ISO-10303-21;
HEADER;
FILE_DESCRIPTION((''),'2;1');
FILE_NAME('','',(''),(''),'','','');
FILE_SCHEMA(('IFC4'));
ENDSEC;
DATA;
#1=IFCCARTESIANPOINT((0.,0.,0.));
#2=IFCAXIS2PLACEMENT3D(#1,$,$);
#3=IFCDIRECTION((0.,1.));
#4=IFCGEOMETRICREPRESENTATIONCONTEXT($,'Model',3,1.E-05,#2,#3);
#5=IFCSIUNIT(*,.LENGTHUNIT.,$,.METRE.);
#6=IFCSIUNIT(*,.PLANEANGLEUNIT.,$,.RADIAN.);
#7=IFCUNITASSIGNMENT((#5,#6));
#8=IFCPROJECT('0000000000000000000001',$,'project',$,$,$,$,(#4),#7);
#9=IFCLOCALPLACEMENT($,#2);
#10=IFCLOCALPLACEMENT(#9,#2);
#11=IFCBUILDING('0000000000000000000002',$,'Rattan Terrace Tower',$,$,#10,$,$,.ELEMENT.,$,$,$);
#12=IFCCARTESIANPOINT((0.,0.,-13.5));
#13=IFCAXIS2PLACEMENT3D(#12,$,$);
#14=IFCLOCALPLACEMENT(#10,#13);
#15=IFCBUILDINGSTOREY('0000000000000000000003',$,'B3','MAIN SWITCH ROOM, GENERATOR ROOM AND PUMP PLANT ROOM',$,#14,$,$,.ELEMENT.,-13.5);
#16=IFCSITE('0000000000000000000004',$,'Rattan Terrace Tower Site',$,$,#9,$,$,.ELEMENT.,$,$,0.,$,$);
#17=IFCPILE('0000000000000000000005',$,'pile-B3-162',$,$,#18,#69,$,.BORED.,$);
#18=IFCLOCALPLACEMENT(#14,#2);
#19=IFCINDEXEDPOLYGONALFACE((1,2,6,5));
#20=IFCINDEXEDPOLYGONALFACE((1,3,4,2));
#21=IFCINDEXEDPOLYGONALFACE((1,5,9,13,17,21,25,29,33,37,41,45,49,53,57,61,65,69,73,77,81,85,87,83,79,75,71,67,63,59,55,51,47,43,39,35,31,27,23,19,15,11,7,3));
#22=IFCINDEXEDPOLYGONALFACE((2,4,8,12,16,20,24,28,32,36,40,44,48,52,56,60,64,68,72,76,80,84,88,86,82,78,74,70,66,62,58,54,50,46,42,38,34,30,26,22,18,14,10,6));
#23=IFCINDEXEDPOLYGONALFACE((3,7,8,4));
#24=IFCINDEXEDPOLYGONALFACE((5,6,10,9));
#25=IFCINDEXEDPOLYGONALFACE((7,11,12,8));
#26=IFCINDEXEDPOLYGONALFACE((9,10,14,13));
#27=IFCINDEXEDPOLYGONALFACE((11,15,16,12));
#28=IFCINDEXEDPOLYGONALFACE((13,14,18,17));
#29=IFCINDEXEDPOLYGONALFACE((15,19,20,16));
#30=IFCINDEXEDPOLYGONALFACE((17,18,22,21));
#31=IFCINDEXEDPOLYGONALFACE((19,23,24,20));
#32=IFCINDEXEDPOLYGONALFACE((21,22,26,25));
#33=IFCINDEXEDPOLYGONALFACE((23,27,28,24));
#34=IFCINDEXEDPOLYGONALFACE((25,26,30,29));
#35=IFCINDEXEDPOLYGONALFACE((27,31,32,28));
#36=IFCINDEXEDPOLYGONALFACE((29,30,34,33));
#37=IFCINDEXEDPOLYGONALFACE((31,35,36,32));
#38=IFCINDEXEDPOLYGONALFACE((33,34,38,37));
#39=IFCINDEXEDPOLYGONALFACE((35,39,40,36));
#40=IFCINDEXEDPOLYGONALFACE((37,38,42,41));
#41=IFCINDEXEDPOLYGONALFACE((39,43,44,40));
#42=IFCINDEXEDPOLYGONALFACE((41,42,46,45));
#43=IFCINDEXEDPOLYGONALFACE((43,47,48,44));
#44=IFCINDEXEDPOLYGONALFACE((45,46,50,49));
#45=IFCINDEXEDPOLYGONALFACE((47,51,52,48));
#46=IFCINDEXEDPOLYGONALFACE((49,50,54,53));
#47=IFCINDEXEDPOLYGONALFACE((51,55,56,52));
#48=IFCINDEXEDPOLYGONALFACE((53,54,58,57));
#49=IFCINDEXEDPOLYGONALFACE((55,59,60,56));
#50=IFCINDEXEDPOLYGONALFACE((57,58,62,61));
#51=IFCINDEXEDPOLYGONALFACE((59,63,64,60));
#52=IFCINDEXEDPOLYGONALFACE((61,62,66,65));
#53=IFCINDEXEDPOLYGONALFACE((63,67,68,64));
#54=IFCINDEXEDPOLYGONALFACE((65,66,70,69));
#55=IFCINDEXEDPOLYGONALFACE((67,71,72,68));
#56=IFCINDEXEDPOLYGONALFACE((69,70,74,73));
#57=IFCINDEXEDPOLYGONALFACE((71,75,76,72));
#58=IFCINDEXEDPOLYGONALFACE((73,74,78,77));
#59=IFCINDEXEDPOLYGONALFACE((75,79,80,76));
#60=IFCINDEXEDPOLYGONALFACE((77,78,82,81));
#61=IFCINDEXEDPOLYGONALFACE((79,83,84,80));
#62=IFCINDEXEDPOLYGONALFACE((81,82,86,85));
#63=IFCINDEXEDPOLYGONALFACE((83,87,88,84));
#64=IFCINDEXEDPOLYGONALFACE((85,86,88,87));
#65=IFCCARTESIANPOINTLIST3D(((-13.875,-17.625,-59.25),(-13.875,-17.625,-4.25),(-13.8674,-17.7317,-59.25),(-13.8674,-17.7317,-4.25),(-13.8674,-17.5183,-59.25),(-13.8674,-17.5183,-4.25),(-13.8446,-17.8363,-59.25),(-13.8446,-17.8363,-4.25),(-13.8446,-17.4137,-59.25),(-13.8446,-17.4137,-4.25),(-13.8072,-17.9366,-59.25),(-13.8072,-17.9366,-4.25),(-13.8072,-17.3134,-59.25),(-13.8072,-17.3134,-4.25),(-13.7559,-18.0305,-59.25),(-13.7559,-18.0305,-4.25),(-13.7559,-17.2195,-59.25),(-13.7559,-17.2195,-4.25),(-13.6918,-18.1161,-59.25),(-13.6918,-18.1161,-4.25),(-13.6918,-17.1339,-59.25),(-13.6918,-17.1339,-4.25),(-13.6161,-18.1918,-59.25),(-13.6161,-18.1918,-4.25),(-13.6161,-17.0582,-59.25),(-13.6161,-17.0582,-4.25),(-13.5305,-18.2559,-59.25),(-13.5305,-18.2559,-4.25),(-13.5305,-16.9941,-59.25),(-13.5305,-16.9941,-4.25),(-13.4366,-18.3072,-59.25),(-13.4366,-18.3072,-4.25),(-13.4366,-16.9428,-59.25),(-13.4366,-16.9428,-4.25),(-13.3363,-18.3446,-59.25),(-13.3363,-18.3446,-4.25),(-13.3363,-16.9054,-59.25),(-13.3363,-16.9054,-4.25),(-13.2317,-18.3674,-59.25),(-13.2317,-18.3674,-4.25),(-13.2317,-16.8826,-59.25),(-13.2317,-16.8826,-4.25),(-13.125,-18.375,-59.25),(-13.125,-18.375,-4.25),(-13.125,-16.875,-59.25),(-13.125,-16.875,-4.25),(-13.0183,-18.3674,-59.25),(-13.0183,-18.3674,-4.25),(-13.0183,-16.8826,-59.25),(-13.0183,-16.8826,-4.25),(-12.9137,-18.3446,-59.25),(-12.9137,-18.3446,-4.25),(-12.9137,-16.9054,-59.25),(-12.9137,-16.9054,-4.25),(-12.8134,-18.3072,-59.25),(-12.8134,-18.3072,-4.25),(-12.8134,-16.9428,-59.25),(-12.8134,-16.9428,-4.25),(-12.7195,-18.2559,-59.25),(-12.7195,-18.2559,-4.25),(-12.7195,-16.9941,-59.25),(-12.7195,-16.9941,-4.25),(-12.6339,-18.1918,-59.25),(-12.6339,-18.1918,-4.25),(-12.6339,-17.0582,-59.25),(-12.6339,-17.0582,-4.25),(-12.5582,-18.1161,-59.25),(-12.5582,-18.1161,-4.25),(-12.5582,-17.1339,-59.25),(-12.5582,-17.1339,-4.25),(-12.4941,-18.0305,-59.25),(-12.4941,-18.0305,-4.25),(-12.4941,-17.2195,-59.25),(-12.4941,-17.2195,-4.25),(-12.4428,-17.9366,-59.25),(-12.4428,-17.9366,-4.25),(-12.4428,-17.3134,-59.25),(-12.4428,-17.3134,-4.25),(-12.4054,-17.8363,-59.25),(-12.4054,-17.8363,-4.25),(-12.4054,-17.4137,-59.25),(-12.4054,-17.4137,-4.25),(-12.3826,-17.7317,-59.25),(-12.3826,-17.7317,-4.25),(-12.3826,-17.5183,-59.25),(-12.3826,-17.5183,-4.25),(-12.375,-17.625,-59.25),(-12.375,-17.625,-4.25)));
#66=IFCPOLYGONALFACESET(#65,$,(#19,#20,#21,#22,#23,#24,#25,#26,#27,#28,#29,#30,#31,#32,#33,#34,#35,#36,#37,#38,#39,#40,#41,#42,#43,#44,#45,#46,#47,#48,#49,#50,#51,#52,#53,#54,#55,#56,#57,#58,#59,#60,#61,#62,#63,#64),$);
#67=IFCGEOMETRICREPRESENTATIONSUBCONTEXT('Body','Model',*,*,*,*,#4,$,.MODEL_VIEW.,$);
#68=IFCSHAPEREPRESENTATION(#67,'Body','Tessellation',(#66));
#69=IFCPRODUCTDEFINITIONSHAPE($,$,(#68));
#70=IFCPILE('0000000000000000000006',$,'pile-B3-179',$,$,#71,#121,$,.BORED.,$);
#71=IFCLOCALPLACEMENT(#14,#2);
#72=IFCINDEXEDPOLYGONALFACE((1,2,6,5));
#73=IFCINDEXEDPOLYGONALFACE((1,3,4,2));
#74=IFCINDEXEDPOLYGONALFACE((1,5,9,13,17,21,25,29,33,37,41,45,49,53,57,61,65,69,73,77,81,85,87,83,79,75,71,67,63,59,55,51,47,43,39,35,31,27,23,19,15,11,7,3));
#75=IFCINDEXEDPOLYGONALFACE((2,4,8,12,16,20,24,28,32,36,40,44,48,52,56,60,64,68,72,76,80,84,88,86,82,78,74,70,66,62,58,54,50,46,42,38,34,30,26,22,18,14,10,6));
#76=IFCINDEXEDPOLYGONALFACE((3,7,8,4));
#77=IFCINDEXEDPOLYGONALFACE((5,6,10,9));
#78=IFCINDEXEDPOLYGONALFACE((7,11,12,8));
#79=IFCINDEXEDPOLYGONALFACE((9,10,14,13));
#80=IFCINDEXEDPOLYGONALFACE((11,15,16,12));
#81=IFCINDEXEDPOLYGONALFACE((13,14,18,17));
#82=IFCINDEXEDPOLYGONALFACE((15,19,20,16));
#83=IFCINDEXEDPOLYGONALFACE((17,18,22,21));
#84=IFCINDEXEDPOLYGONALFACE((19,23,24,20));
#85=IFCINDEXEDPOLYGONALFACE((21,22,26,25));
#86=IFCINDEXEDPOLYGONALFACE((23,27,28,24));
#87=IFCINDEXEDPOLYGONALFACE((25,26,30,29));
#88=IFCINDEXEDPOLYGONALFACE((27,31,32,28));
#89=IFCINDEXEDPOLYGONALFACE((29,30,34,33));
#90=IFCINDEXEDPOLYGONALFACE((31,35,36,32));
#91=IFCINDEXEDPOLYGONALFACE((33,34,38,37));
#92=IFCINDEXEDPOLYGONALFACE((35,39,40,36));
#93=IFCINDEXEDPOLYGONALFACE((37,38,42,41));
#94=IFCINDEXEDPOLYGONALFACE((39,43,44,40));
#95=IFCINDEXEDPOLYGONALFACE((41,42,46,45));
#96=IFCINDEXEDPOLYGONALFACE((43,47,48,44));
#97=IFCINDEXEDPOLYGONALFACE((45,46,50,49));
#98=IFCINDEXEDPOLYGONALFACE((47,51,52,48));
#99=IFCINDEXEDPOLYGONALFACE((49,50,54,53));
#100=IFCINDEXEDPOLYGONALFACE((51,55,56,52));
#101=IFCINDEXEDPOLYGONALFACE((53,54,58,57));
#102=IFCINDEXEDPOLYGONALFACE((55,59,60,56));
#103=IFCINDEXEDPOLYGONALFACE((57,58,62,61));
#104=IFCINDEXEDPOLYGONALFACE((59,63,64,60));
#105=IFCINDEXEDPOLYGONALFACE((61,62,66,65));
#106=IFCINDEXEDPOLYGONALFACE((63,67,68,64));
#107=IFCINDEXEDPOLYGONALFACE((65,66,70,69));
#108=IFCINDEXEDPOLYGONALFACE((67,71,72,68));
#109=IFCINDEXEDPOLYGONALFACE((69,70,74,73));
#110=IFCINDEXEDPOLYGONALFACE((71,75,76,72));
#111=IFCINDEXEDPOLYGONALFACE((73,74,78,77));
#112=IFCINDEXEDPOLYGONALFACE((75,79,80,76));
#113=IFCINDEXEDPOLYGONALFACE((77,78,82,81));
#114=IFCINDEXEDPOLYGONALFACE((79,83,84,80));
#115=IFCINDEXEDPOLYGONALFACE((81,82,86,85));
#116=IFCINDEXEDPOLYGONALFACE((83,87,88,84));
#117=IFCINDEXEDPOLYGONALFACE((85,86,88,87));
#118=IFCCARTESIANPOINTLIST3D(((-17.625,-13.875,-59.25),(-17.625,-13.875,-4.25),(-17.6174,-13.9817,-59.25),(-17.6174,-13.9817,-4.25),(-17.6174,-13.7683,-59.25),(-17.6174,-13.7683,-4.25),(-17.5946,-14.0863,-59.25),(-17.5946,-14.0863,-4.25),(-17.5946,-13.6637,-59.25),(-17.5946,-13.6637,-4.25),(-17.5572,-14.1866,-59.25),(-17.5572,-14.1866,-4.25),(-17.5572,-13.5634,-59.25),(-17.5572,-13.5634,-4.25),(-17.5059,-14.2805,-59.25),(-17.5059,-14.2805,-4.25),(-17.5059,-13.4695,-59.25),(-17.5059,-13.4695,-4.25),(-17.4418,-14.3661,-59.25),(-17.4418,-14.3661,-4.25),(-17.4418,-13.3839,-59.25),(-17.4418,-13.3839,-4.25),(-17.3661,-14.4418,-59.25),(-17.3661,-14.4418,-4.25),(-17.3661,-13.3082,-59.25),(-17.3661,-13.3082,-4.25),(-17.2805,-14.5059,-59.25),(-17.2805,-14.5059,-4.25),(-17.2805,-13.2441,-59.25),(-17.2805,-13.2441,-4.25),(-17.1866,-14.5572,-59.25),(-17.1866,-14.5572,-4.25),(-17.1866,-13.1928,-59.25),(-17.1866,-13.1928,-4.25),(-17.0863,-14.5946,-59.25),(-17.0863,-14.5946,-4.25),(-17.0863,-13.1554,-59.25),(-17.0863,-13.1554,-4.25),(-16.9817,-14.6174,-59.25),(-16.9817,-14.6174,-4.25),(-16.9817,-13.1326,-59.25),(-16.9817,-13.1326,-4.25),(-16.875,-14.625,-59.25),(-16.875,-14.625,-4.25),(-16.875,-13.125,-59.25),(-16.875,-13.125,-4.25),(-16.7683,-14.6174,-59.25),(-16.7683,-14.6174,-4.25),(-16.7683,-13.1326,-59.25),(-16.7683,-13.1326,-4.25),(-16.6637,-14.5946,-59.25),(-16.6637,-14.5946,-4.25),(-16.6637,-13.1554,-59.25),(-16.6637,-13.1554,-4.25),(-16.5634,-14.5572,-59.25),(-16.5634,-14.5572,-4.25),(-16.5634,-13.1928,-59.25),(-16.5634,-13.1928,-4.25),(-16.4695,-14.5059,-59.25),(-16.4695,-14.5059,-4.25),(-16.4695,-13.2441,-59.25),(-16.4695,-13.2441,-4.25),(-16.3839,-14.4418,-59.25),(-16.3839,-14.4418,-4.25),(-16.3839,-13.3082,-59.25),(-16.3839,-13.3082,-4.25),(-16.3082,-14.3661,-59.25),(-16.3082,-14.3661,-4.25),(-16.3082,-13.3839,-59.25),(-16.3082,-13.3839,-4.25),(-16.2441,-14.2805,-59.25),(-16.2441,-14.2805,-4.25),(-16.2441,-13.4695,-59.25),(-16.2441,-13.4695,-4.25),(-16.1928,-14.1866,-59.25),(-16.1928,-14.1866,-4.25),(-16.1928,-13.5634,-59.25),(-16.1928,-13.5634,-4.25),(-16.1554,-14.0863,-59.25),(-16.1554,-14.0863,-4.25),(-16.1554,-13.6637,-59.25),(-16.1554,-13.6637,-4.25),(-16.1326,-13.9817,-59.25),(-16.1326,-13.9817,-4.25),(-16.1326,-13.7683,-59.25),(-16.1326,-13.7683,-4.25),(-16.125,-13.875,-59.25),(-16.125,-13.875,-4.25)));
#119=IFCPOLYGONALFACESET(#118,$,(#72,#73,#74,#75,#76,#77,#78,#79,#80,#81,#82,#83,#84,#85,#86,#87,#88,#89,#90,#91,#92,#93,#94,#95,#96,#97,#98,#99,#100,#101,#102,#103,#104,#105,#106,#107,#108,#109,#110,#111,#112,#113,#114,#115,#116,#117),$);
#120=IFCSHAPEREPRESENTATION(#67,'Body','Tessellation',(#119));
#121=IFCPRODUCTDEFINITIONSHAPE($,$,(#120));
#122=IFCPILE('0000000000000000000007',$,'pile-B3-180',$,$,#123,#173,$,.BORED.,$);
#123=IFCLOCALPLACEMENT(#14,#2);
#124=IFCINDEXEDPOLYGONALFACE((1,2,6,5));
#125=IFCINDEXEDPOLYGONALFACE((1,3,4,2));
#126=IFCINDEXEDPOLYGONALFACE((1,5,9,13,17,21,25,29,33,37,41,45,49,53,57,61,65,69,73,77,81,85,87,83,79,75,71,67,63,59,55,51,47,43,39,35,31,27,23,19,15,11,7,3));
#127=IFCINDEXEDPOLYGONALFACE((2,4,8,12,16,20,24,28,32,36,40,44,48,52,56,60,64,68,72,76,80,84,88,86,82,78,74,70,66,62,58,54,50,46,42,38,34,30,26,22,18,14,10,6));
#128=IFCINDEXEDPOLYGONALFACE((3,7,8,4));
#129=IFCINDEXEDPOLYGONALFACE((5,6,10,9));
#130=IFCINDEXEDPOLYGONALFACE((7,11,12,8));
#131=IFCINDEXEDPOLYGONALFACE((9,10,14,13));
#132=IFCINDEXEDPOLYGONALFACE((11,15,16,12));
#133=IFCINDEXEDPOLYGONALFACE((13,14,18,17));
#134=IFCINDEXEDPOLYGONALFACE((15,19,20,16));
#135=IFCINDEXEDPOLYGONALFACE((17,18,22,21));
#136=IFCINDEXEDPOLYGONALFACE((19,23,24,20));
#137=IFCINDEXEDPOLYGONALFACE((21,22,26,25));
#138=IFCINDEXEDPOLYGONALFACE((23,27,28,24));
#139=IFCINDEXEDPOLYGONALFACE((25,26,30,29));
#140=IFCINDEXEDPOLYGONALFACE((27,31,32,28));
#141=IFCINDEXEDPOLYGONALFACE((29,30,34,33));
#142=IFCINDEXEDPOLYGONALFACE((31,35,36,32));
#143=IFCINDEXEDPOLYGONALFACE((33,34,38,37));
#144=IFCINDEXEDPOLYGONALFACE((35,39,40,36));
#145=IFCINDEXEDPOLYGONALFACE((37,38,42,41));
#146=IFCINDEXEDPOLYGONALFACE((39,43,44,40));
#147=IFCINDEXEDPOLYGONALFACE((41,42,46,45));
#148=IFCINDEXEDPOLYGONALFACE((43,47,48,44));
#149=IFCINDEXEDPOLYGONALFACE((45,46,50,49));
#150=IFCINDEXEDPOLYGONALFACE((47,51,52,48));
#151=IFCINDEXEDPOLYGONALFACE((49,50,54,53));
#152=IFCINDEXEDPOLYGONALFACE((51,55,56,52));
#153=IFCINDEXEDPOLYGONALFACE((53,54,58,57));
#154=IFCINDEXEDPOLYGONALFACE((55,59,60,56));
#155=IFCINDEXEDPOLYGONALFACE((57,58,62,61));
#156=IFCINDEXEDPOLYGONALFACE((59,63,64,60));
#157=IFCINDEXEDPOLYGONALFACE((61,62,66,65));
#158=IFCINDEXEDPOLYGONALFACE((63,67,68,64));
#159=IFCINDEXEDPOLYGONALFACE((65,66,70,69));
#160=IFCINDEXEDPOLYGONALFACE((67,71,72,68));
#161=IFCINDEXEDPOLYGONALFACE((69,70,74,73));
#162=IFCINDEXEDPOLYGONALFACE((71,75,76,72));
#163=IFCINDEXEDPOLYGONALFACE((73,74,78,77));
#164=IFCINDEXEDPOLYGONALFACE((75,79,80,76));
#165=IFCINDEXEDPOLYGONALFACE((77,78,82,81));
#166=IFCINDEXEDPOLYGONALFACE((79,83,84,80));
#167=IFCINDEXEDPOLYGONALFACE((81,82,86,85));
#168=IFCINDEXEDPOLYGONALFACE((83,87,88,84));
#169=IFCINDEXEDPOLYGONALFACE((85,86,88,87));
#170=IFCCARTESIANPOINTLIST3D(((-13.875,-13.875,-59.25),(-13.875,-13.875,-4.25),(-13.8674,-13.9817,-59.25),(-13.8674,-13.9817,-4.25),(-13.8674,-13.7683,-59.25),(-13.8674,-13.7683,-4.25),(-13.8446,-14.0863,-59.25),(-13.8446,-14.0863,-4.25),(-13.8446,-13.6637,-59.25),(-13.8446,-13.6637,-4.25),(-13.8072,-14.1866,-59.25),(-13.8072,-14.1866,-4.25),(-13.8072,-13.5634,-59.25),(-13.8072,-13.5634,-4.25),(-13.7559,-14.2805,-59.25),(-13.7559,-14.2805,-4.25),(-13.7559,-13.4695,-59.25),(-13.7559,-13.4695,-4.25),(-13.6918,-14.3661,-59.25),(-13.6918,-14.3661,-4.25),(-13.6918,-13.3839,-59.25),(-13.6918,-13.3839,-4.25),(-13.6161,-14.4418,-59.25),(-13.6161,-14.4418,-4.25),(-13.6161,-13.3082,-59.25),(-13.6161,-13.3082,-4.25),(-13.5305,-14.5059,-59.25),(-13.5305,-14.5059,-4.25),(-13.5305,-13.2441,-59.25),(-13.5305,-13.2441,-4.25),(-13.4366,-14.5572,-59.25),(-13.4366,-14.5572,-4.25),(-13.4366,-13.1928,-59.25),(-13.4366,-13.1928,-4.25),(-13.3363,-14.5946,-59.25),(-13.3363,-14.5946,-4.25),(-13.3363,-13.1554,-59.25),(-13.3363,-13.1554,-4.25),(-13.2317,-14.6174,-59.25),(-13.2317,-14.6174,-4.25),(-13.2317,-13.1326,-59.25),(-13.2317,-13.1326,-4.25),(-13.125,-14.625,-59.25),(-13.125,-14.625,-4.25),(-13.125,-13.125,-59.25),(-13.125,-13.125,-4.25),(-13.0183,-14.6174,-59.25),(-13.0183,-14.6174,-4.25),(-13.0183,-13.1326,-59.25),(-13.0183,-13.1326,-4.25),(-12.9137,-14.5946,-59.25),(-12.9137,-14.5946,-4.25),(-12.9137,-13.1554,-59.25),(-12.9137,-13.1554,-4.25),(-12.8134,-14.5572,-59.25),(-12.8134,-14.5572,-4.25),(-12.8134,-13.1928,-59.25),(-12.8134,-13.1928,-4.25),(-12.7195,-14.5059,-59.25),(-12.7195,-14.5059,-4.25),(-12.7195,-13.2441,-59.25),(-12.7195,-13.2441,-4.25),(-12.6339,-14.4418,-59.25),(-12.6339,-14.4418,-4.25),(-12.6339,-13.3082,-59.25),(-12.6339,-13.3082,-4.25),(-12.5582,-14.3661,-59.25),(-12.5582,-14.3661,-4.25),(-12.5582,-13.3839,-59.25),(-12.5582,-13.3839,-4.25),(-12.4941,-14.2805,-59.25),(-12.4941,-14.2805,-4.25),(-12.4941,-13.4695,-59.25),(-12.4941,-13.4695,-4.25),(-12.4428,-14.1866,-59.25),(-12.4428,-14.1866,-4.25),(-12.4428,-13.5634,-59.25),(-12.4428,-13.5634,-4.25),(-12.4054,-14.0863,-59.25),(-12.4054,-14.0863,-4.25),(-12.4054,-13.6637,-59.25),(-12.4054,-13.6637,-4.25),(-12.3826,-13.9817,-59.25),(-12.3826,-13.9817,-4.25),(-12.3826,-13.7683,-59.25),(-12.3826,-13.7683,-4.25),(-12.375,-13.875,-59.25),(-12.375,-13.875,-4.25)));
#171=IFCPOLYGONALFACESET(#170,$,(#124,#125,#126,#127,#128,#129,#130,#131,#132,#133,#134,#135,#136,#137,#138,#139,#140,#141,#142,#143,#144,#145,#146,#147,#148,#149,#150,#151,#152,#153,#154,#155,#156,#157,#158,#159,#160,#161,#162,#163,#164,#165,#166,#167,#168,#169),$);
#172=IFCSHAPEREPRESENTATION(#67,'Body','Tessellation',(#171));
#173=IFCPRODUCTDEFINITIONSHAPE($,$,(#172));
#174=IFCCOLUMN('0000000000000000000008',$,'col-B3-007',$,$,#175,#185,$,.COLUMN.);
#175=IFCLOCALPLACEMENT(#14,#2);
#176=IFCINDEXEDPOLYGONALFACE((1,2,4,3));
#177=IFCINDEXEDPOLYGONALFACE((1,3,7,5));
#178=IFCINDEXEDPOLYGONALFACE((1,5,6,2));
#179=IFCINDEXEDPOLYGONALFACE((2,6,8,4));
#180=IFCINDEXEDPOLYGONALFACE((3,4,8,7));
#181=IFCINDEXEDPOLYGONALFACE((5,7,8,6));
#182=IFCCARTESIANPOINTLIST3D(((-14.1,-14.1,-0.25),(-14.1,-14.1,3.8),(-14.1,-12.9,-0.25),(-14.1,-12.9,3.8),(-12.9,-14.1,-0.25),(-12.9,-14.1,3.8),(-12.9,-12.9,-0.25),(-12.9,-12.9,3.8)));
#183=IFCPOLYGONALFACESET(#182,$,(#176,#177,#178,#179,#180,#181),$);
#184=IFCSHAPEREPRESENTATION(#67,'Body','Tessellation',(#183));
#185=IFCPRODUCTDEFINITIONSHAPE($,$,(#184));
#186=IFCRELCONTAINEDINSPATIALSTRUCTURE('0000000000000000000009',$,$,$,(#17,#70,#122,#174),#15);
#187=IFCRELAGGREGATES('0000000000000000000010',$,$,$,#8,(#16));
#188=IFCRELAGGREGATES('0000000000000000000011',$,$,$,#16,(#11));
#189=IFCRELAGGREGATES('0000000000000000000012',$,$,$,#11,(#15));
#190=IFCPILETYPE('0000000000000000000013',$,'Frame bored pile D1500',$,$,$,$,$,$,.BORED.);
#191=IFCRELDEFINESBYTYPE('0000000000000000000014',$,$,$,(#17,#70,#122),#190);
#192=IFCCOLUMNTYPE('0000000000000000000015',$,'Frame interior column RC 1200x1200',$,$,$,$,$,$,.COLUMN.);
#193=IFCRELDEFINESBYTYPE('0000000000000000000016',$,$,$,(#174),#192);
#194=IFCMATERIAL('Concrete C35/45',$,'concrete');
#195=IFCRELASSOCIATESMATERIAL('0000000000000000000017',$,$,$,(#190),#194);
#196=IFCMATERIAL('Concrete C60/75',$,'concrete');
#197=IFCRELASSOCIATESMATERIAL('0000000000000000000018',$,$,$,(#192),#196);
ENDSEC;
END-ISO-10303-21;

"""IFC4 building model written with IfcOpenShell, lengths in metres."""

from ifc_helpers import new_model, si_unit, direction, frame, origin, origin_2d, place, context, subcontext, project, spatial, rectangle, circle, extrude, material, material_profile, profile_set, type_object, element, save


model = new_model("IFC4")

# Units and contexts
model_context = context("Model", 3, precision=1e-05, world=origin(), true_north=direction((0.0, 1.0)))
body_context = subcontext(model_context, "Body", "Model", "MODEL_VIEW")
ifc_project = project(units=[si_unit("LENGTHUNIT", "METRE"), si_unit("PLANEANGLEUNIT", "RADIAN")], contexts=[model_context])

# Site, building, storey
site_placement = place(None, origin())
site = spatial("IfcSite", under=ifc_project, at=site_placement, Name="Rattan Terrace Tower Site", CompositionType="ELEMENT", RefElevation=0.0)
building_placement = place(site_placement, origin())
building = spatial("IfcBuilding", under=site, at=building_placement, Name="Rattan Terrace Tower", CompositionType="ELEMENT")
storey_placement = place(building_placement, frame((0.0, 0.0, -13.5)))
storey = spatial("IfcBuildingStorey", under=building, at=storey_placement, Name="B3", Description="MAIN SWITCH ROOM, GENERATOR ROOM AND PUMP PLANT ROOM", CompositionType="ELEMENT", Elevation=-13.5)

# Piles
ifc_material_1 = material(Name="Concrete C35/45", Category="concrete")
ifc_material_profile_1 = material_profile(ifc_material_1, circle(Radius=0.75, at=origin_2d()), Name="PILE D1500")
ifc_profile_set_1 = profile_set([ifc_material_profile_1], Name="Concrete C35/45")
pile_type = type_object("IfcPileType", Name="Frame bored pile D1500", PredefinedType="BORED", material=ifc_profile_set_1)
for number, where, z_axis, x_axis, name in (
    (1, (-13.125, -17.625, -4.25), (0.0, 0.0, -1.0), (1.0, 0.0, 0.0), "pile-B3-162"),
    (2, (-16.875, -13.875, -4.25), (0.0, 0.0, -1.0), (1.0, 0.0, 0.0), "pile-B3-179"),
    (3, (-13.125, -13.875, -4.25), (0.0, 0.0, -1.0), (1.0, 0.0, 0.0), "pile-B3-180"),
):
    element("IfcPile", number, at=place(storey_placement, frame(where, z_axis=z_axis, x_axis=x_axis)), inside=storey, type_object=pile_type, Name=name, PredefinedType="BORED", context=body_context, shape_type="SweptSolid", body=[
        extrude(circle(Radius=0.75, at=origin_2d()), origin(), (0.0, 0.0, 1.0), 55.0),
    ])

# Column
ifc_material_2 = material(Name="Concrete C60/75", Category="concrete")
ifc_material_profile_2 = material_profile(ifc_material_2, rectangle(XDim=1.2, YDim=1.2, at=origin_2d()), Name="RC 1200x1200")
ifc_profile_set_2 = profile_set([ifc_material_profile_2], Name="Concrete C60/75")
column_type = type_object("IfcColumnType", Name="Frame interior column RC 1200x1200", PredefinedType="COLUMN", material=ifc_profile_set_2)
column_placement = place(storey_placement, frame((-13.5, -13.5, -0.25), z_axis=(0.0, 0.0, 1.0), x_axis=(1.0, 0.0, 0.0)))
element("IfcColumn", 4, at=column_placement, inside=storey, type_object=column_type, Name="col-B3-007", PredefinedType="COLUMN", context=body_context, shape_type="SweptSolid", body=[
    extrude(rectangle(XDim=1.2, YDim=1.2, at=origin_2d()), origin(), (0.0, 0.0, 1.0), 4.05),
])

save(model, "model.ifc")
